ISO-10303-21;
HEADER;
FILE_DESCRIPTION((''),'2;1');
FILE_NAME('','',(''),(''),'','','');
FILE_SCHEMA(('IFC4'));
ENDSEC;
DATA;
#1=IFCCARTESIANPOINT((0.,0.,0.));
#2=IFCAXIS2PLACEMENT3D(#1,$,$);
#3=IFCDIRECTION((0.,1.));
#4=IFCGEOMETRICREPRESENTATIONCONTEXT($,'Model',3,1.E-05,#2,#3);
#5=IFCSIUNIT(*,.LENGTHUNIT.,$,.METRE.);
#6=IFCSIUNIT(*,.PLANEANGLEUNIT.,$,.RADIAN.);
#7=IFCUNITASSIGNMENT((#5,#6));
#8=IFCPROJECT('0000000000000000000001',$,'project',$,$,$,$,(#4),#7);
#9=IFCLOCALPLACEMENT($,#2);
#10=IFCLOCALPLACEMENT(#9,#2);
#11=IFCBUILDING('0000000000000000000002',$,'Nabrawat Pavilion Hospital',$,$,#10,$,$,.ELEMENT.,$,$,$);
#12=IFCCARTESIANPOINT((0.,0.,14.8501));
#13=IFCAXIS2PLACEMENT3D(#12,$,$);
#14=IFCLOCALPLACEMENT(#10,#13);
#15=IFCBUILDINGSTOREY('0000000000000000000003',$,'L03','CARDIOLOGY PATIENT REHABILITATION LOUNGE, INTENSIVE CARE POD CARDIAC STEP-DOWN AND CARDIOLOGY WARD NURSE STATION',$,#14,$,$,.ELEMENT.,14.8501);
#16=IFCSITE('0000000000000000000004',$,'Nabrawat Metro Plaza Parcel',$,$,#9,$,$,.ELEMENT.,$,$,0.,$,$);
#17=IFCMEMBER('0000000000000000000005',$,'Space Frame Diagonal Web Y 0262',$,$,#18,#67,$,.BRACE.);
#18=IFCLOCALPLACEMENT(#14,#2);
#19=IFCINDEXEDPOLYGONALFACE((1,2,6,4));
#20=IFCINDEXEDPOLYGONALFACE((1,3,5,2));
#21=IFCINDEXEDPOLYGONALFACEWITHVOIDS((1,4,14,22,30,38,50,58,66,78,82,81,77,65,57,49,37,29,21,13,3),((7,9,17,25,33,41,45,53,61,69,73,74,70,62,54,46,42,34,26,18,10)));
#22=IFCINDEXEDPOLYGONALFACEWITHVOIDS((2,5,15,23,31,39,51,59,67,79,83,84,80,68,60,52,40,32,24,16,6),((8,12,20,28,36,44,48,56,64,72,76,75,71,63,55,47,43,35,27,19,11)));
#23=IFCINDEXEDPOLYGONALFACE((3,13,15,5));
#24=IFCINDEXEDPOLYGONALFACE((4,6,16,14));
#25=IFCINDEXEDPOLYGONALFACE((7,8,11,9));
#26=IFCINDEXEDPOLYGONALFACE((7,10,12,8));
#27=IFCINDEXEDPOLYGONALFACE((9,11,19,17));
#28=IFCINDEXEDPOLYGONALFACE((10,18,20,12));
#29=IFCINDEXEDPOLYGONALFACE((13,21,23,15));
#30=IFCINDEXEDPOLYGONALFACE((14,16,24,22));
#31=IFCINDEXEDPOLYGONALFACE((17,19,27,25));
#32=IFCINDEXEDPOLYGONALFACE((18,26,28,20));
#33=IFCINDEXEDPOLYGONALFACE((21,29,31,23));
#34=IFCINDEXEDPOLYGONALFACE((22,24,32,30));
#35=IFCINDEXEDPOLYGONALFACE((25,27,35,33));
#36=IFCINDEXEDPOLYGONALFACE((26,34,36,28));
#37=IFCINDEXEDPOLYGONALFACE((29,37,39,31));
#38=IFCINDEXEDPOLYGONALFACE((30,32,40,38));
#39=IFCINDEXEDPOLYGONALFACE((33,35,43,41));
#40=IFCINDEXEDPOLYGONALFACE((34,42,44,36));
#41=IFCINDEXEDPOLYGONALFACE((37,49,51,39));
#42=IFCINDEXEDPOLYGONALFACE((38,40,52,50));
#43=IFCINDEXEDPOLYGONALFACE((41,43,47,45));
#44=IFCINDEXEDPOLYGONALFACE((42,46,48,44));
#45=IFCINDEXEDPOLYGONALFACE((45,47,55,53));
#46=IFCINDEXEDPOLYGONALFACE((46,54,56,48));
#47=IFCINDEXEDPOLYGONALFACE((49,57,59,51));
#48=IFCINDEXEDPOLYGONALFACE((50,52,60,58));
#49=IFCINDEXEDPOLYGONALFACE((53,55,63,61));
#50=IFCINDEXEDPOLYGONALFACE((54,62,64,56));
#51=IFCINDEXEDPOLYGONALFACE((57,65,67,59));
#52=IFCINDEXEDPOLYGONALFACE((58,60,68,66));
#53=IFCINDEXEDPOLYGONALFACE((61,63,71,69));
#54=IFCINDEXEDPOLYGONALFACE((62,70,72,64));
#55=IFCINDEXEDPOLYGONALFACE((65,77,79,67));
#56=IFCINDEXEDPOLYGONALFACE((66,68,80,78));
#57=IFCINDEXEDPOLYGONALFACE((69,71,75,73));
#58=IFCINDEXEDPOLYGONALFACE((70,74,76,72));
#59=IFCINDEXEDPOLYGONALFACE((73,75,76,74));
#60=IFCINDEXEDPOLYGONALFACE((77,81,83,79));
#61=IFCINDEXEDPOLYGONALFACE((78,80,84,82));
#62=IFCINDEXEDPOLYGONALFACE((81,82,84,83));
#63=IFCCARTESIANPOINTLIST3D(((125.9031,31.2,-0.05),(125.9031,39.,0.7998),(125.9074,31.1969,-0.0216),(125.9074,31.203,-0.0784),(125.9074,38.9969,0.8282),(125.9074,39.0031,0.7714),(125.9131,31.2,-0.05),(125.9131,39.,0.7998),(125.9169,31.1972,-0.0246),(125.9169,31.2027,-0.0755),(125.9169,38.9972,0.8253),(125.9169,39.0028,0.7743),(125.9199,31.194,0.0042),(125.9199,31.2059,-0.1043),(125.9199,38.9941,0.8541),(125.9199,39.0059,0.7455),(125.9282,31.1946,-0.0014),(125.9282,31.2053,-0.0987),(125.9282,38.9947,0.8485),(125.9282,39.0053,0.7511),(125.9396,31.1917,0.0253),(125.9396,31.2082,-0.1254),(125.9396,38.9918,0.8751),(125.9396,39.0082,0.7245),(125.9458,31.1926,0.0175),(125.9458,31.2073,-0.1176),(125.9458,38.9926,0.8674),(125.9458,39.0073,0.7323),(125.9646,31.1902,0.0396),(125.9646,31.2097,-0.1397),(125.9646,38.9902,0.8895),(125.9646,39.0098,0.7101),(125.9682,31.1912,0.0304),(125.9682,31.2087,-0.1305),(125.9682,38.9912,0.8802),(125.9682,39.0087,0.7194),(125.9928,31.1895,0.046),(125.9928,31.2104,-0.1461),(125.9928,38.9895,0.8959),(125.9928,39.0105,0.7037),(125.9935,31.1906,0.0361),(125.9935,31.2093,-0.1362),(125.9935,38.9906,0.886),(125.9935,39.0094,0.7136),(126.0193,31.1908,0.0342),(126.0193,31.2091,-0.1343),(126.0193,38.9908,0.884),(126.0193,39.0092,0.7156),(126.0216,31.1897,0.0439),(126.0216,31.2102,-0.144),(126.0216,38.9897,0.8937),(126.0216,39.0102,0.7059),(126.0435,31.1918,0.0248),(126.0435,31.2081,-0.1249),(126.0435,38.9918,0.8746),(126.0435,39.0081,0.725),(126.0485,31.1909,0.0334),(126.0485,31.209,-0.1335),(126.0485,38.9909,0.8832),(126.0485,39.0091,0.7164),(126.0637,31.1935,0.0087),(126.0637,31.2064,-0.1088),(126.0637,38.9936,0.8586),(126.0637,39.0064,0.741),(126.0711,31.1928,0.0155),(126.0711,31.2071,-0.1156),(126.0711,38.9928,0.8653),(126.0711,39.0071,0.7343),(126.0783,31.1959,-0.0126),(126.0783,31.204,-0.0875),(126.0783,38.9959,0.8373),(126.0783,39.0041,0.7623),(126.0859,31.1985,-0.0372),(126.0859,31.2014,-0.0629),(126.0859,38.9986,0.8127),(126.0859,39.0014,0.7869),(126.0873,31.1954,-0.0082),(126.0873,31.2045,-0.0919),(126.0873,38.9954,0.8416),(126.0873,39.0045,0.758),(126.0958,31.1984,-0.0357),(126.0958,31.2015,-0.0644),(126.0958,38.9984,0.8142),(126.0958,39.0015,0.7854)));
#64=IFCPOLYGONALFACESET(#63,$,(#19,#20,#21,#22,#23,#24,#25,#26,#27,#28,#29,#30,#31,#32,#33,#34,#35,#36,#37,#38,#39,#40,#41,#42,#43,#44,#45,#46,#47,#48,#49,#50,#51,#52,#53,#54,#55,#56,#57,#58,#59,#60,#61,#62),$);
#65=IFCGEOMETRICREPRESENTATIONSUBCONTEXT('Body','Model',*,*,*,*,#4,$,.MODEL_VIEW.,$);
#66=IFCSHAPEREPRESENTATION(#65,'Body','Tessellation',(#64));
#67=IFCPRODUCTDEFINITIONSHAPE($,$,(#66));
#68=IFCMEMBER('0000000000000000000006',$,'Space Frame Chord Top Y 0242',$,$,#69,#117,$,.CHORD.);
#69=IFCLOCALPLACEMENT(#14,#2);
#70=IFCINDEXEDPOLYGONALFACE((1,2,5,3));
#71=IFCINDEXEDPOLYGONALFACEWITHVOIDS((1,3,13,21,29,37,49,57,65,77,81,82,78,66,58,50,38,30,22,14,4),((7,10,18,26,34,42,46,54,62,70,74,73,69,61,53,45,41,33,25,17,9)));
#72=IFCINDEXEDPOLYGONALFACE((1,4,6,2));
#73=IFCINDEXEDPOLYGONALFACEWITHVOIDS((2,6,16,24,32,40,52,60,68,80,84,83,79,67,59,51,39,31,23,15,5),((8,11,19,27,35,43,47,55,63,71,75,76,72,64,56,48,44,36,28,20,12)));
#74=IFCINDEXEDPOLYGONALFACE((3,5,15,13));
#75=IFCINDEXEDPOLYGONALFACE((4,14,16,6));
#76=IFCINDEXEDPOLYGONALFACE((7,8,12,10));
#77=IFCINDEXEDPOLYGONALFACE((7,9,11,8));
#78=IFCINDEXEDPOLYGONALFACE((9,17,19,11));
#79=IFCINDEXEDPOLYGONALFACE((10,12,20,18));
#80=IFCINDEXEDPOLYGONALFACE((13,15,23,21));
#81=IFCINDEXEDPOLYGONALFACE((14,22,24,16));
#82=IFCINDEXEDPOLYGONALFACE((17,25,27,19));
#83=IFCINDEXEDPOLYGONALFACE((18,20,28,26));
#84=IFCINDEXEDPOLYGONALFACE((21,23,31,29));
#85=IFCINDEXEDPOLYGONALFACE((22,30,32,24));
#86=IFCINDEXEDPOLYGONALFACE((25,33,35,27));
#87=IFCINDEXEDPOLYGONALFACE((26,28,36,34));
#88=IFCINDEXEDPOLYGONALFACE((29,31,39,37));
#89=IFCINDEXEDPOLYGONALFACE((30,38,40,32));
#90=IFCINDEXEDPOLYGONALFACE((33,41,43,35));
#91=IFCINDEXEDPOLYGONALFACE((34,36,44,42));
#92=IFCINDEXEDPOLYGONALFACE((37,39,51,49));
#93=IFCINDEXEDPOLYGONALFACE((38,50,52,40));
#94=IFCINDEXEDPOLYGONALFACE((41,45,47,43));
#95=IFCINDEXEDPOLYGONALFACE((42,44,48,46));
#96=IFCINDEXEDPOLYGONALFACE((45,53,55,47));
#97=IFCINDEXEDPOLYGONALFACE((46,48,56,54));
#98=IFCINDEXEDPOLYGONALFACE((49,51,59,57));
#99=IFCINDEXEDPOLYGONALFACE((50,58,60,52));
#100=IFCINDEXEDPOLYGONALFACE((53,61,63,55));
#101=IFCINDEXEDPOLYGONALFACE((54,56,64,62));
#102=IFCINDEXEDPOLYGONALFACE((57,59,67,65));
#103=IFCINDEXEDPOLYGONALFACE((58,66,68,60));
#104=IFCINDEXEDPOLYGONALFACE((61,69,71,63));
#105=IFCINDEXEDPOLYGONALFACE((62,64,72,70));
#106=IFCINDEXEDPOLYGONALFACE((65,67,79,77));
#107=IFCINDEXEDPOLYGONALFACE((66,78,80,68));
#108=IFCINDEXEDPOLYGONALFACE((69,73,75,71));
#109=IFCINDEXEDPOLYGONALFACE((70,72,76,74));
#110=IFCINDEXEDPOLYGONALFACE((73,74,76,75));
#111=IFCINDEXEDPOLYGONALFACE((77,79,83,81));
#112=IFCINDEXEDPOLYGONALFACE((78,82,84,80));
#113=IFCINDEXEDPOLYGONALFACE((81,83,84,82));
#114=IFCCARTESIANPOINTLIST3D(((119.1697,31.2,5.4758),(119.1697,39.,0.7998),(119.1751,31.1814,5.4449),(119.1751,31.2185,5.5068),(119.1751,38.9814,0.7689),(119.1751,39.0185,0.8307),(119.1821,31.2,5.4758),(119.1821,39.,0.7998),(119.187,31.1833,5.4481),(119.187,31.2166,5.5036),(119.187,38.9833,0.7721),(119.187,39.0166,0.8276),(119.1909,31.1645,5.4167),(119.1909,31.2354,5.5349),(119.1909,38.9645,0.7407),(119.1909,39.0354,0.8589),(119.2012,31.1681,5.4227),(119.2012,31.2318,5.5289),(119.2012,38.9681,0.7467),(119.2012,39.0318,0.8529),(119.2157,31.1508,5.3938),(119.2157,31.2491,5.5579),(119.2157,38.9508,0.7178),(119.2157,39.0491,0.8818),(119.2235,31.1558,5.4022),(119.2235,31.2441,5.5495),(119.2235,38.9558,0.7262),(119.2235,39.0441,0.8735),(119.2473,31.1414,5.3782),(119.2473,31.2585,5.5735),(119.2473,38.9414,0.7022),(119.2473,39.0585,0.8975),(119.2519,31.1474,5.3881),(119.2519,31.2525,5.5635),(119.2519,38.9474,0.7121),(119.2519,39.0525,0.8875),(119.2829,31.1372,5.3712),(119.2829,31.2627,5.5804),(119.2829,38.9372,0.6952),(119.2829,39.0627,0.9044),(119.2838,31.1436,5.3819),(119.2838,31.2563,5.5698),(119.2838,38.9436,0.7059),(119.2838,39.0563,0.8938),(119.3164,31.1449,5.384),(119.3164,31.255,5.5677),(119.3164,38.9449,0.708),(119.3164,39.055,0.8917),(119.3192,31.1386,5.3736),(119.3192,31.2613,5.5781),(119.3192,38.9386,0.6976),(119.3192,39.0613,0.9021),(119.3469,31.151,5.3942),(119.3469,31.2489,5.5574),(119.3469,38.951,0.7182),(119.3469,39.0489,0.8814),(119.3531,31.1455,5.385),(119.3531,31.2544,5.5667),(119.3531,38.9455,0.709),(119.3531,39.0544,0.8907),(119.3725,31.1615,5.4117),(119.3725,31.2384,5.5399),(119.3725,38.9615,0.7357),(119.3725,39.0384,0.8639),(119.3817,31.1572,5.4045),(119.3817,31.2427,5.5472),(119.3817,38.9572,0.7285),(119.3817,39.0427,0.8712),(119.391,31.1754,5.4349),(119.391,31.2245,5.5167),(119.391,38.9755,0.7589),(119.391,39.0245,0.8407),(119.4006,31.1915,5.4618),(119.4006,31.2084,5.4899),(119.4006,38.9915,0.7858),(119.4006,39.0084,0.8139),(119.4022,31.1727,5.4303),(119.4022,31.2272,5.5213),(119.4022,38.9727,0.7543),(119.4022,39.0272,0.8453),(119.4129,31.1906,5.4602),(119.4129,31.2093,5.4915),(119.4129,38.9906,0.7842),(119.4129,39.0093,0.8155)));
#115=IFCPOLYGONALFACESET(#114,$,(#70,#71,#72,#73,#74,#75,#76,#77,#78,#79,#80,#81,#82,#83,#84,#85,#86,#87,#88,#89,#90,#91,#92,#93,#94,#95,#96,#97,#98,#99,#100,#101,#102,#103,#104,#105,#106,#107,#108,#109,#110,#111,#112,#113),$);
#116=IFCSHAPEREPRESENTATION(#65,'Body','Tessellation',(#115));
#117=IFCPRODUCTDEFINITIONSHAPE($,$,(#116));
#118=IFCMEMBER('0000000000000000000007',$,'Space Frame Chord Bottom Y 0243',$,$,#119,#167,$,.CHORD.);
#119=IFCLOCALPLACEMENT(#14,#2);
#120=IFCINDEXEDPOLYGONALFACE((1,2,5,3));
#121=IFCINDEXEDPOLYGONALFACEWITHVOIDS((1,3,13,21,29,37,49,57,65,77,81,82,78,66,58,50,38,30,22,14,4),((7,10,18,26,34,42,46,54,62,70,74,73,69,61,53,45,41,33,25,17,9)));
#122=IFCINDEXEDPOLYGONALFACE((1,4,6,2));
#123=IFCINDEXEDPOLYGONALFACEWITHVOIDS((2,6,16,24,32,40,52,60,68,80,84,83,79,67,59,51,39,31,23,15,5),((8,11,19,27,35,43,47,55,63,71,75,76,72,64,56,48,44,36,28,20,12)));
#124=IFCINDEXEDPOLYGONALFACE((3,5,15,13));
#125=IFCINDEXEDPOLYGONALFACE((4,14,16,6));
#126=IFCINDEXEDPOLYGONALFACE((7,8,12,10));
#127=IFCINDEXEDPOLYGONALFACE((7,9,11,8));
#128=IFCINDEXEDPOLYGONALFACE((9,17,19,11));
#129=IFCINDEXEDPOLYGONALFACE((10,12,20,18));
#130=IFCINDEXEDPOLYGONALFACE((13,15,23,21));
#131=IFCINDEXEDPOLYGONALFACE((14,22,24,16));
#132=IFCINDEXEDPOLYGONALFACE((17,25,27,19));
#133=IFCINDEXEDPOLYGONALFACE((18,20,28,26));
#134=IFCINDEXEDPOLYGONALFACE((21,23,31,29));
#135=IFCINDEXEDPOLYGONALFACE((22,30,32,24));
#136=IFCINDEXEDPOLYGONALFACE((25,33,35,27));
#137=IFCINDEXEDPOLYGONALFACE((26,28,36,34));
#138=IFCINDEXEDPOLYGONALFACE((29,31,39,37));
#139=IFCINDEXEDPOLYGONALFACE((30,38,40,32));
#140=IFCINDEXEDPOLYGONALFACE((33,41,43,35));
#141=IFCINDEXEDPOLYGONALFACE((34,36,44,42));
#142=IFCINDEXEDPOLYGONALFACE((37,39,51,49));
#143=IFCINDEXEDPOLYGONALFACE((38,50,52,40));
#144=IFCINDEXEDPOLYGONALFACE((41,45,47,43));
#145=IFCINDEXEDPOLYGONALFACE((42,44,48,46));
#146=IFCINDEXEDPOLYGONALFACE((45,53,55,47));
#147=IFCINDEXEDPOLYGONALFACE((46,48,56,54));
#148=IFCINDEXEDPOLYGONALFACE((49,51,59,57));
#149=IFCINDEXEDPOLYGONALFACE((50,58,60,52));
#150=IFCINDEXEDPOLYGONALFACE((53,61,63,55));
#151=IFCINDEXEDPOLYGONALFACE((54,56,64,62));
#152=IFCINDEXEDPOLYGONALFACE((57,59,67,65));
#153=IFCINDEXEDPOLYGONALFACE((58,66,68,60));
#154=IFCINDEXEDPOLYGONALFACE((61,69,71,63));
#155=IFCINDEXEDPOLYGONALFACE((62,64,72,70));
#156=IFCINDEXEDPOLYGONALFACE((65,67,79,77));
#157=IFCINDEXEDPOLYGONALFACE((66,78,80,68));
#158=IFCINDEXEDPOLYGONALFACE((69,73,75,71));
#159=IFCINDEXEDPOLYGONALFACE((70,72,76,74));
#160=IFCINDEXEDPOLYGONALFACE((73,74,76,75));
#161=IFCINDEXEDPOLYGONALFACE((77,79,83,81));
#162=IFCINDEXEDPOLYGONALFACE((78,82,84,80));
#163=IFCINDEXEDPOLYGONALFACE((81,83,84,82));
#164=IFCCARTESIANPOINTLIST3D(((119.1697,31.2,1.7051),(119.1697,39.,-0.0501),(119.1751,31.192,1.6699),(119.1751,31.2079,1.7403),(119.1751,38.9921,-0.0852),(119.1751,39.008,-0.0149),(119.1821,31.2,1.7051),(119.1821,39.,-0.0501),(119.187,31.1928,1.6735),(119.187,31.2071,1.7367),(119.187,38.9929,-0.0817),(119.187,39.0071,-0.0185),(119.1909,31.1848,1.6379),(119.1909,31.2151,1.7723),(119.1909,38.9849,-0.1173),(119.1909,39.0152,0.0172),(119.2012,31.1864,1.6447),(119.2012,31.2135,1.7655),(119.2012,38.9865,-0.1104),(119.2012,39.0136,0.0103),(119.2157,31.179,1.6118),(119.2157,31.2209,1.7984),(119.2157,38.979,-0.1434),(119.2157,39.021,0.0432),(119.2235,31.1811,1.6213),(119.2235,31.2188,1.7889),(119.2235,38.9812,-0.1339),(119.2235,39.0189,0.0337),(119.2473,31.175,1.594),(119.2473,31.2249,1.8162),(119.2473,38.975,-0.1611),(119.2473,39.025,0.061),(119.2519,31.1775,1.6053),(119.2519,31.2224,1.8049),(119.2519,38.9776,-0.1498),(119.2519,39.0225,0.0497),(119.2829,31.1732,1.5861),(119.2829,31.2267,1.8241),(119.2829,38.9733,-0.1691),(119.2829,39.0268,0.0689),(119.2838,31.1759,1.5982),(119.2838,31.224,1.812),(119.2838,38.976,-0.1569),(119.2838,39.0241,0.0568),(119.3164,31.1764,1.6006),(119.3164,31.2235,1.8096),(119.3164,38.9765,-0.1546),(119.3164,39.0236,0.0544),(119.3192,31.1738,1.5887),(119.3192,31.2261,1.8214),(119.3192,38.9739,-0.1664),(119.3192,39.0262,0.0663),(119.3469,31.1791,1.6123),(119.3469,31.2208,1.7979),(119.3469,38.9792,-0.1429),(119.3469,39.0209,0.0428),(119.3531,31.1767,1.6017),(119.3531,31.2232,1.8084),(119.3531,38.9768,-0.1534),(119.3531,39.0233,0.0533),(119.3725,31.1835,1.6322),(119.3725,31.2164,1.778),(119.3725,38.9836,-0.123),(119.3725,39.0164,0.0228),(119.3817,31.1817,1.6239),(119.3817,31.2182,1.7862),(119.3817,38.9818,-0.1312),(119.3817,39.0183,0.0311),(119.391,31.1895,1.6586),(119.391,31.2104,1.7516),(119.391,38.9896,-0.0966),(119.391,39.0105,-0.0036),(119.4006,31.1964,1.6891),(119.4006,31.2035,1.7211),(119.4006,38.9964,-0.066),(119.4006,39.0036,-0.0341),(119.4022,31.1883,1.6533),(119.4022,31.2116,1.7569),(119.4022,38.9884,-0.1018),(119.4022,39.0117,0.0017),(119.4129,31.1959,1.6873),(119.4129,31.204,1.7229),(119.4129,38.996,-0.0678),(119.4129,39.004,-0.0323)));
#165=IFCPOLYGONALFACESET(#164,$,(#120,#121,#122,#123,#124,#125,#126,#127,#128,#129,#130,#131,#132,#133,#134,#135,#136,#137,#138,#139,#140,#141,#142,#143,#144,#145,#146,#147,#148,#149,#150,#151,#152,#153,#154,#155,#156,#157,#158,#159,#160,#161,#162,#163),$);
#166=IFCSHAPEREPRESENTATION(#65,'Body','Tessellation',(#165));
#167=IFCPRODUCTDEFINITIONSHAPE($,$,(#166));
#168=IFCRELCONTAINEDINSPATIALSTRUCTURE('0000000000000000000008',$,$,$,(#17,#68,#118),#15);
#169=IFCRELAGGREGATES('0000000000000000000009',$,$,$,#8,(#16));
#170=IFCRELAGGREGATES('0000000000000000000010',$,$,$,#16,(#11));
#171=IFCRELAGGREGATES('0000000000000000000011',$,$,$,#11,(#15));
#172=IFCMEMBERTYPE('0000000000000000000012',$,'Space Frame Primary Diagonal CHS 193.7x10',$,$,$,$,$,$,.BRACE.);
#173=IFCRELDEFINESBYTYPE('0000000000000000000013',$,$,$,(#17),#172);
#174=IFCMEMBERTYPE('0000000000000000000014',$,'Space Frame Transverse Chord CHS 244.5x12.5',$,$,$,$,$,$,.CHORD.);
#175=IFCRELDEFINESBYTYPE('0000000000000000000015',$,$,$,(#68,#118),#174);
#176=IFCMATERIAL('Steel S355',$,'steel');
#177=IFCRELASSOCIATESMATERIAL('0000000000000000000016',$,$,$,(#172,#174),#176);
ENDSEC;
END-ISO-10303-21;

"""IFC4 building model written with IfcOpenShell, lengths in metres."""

from ifc_helpers import new_model, si_unit, direction, frame, origin, origin_2d, place, context, subcontext, project, spatial, hollow_circle, extrude, material, material_profile, profile_set, type_object, element, save


model = new_model("IFC4")

# Units and contexts
model_context = context("Model", 3, precision=1e-05, world=origin(), true_north=direction((0.0, 1.0)))
body_context = subcontext(model_context, "Body", "Model", "MODEL_VIEW")
ifc_project = project(units=[si_unit("LENGTHUNIT", "METRE"), si_unit("PLANEANGLEUNIT", "RADIAN")], contexts=[model_context])

# Site, building, storey
site_placement = place(None, origin())
site = spatial("IfcSite", under=ifc_project, at=site_placement, Name="Nabrawat Metro Plaza Parcel", CompositionType="ELEMENT", RefElevation=0.0)
building_placement = place(site_placement, origin())
building = spatial("IfcBuilding", under=site, at=building_placement, Name="Nabrawat Pavilion Hospital", CompositionType="ELEMENT")
storey_placement = place(building_placement, frame((0.0, 0.0, 14.8501)))
storey = spatial("IfcBuildingStorey", under=building, at=storey_placement, Name="L03", Description="CARDIOLOGY PATIENT REHABILITATION LOUNGE, INTENSIVE CARE POD CARDIAC STEP-DOWN AND CARDIOLOGY WARD NURSE STATION", CompositionType="ELEMENT", Elevation=14.8501)

# Shared definitions
ifc_material = material(Name="Steel S355", Category="steel")

# Members
ifc_material_profile_1 = material_profile(ifc_material, hollow_circle(Radius=0.0969, WallThickness=0.01, at=origin_2d()), Name="CHS 193.7x10")
ifc_profile_set_1 = profile_set([ifc_material_profile_1], Name="Steel S355")
member_type_1 = type_object("IfcMemberType", Name="Space Frame Primary Diagonal CHS 193.7x10", PredefinedType="BRACE", material=ifc_profile_set_1)
for number, where, z_axis, x_axis, name in (
    (1, (126.0, 31.2, -0.05), (0.0, 0.994117, 0.108314), (-1.0, 0.0, 0.0), "Space Frame Diagonal Web Y 0262"),
):
    element("IfcMember", number, at=place(storey_placement, frame(where, z_axis=z_axis, x_axis=x_axis)), inside=storey, type_object=member_type_1, Name=name, PredefinedType="BRACE", context=body_context, shape_type="SweptSolid", body=[
        extrude(hollow_circle(Radius=0.0969, WallThickness=0.01, at=origin_2d()), origin(), (0.0, 0.0, 1.0), 7.8462),
    ])
ifc_material_profile_2 = material_profile(ifc_material, hollow_circle(Radius=0.1223, WallThickness=0.0125, at=origin_2d()), Name="CHS 244.5x12.5")
ifc_profile_set_2 = profile_set([ifc_material_profile_2], Name="Steel S355")
member_type_2 = type_object("IfcMemberType", Name="Space Frame Transverse Chord CHS 244.5x12.5", PredefinedType="CHORD", material=ifc_profile_set_2)
member_1_placement = place(storey_placement, frame((119.292, 31.2, 5.4758), z_axis=(0.0, 0.857687, -0.514172), x_axis=(-1.0, 0.0, 0.0)))
element("IfcMember", 2, at=member_1_placement, inside=storey, type_object=member_type_2, Name="Space Frame Chord Top Y 0242", PredefinedType="CHORD", context=body_context, shape_type="SweptSolid", body=[
    extrude(hollow_circle(Radius=0.1223, WallThickness=0.0125, at=origin_2d()), origin(), (0.0, 0.0, 1.0), 9.0942),
])
member_2_placement = place(storey_placement, frame((119.292, 31.2, 1.7051), z_axis=(0.0, 0.975607, -0.219526), x_axis=(-1.0, 0.0, 0.0)))
element("IfcMember", 3, at=member_2_placement, inside=storey, type_object=member_type_2, Name="Space Frame Chord Bottom Y 0243", PredefinedType="CHORD", context=body_context, shape_type="SweptSolid", body=[
    extrude(hollow_circle(Radius=0.1223, WallThickness=0.0125, at=origin_2d()), origin(), (0.0, 0.0, 1.0), 7.9951),
])

save(model, "model.ifc")
